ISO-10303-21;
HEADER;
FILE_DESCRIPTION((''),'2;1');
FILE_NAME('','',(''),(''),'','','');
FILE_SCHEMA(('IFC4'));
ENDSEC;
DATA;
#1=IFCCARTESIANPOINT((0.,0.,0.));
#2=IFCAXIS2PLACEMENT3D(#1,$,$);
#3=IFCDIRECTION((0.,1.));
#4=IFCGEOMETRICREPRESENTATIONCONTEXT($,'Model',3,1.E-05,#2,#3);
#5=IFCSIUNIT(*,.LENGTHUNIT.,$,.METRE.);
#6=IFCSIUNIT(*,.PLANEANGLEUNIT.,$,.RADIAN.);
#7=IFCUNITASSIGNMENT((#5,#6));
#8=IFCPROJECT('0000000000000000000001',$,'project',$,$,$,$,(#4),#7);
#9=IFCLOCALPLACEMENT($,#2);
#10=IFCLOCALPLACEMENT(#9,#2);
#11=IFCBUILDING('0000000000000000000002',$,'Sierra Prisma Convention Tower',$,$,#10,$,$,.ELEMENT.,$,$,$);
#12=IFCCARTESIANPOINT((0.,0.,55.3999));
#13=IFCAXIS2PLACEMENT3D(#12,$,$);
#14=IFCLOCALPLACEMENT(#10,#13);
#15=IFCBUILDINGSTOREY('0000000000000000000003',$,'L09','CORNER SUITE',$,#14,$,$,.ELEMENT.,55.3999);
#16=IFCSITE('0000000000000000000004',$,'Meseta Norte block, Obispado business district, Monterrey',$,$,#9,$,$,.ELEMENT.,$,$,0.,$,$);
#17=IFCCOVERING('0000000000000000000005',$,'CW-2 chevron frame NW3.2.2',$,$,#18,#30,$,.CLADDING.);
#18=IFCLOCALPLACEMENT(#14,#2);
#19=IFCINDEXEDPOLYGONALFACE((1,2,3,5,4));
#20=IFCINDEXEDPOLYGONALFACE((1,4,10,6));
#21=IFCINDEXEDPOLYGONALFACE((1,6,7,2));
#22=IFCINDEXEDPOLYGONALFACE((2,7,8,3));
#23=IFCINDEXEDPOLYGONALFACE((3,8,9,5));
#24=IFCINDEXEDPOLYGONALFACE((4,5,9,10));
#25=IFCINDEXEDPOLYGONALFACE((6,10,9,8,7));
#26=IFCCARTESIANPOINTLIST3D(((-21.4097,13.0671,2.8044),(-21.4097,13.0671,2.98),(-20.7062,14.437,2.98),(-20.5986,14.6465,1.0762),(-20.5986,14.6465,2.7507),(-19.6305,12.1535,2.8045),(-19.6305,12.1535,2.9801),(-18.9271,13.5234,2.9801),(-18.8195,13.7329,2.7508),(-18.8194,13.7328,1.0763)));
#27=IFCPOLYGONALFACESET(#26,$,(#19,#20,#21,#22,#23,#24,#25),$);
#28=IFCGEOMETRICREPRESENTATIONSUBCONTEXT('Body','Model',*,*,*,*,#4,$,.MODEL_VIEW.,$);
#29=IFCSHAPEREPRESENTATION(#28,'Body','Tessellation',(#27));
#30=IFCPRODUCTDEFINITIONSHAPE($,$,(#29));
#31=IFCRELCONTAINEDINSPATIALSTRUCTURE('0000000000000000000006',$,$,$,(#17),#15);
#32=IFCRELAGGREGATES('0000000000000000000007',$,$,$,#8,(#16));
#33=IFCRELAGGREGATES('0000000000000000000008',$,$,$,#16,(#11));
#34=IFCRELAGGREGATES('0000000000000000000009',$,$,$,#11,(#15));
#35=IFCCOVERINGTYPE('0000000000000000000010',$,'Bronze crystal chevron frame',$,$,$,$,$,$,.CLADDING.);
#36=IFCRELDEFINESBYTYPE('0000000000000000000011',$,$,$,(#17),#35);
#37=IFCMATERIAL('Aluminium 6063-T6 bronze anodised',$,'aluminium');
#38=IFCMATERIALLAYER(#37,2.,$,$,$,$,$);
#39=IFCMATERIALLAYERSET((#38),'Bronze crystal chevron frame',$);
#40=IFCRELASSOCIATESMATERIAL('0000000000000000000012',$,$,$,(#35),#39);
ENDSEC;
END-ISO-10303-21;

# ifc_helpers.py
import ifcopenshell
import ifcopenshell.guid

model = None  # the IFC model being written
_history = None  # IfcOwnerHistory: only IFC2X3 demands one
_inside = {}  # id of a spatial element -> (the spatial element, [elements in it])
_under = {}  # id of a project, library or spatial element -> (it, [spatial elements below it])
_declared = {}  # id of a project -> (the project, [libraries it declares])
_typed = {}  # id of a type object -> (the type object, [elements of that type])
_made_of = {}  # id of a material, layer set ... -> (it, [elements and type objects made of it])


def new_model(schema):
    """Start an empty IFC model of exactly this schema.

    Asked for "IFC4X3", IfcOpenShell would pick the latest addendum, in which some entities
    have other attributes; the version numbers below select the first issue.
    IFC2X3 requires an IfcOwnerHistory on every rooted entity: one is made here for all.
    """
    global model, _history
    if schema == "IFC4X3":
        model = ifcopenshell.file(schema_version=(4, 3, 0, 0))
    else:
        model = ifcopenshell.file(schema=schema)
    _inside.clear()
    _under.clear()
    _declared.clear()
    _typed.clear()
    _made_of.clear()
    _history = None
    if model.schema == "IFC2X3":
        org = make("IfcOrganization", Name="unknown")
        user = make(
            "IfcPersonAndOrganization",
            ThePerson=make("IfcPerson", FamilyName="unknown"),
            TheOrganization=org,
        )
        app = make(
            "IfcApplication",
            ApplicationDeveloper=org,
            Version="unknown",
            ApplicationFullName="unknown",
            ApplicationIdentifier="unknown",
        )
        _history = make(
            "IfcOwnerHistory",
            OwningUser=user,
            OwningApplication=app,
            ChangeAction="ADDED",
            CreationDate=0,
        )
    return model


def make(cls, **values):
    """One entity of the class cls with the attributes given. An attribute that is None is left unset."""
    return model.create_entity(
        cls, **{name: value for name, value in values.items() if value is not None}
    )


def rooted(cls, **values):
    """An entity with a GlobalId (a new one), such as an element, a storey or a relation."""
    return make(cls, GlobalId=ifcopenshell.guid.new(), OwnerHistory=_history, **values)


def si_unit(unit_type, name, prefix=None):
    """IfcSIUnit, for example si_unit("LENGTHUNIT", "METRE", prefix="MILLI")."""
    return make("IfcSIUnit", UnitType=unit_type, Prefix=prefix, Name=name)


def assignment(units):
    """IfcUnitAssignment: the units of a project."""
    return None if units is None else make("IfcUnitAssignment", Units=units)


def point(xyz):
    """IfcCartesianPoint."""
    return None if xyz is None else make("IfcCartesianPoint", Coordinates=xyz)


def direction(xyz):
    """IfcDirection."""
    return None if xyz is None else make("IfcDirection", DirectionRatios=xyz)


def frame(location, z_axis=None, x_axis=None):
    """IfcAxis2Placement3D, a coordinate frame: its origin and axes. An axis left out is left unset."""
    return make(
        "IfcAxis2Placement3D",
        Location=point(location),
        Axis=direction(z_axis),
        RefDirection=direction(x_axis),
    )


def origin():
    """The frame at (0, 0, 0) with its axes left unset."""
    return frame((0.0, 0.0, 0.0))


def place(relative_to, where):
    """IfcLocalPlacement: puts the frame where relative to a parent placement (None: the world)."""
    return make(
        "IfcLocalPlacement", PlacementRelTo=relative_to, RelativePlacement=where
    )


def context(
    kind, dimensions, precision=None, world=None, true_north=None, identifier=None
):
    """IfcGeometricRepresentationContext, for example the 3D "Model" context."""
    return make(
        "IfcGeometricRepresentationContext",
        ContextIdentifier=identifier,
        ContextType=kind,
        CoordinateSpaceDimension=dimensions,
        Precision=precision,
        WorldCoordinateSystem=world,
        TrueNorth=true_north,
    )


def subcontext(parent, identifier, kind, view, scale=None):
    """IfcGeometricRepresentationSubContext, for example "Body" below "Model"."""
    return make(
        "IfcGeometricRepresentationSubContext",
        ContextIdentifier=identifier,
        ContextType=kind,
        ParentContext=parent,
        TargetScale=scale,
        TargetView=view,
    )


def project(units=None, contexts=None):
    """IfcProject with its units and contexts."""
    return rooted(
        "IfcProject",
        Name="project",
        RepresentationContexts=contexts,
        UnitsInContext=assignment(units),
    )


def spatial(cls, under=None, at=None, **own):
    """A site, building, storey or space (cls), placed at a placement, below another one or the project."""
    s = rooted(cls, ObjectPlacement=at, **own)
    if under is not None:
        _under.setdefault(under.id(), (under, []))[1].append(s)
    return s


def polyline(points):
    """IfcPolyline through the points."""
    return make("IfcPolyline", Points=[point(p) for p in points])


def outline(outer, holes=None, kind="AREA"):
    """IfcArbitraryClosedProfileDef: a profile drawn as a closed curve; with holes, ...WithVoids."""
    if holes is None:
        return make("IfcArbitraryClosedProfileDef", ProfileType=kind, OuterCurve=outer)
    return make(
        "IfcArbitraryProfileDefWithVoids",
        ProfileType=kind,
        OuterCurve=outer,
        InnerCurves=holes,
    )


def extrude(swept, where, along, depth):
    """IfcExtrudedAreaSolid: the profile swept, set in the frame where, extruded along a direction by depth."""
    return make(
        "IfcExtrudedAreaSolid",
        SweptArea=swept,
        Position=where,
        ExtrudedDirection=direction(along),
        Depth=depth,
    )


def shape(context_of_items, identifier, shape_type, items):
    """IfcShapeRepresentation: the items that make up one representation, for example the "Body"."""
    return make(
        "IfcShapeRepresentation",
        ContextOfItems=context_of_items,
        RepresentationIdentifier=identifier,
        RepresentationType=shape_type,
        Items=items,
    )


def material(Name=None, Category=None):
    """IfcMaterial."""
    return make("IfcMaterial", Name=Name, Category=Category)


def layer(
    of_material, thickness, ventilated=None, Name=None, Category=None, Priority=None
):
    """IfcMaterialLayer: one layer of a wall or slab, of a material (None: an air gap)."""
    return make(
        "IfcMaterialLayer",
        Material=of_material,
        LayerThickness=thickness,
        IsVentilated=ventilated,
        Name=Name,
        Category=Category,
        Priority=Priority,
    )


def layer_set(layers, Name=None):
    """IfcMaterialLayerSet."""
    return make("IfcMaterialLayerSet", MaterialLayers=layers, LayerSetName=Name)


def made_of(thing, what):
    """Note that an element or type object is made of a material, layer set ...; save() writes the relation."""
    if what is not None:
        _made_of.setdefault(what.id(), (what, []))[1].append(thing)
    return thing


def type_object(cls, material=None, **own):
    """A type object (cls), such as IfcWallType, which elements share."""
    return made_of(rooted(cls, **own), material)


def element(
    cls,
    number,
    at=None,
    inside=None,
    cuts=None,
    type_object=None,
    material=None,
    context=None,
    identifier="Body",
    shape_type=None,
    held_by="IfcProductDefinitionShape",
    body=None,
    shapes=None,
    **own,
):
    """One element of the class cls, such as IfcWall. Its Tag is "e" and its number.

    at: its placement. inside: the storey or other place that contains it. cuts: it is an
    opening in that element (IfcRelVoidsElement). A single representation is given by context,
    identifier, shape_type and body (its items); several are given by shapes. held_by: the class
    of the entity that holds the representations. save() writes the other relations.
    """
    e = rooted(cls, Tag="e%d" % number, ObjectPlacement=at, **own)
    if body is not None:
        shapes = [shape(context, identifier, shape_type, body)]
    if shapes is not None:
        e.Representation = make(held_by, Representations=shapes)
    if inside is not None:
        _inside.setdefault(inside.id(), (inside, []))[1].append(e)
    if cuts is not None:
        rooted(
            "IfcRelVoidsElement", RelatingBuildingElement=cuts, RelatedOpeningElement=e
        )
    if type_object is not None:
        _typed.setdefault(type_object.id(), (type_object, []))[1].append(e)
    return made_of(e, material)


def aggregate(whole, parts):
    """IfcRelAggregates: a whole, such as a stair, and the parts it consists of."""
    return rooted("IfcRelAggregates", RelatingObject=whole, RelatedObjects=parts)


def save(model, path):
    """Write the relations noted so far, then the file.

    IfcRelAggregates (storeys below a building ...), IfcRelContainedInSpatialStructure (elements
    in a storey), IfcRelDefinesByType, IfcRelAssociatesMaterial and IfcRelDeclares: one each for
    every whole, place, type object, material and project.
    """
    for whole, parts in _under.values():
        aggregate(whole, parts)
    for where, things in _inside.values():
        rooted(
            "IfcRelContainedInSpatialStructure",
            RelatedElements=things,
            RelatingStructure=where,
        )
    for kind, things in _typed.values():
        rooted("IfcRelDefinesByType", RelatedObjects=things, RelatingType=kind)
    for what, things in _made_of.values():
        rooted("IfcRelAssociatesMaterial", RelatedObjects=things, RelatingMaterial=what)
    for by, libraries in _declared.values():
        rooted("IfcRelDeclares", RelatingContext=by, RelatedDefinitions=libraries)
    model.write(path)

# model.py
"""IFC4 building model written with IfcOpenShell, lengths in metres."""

from ifc_helpers import new_model, si_unit, direction, frame, origin, place, context, subcontext, project, spatial, polyline, outline, extrude, material, layer, layer_set, type_object, element, save


model = new_model("IFC4")

# Units and contexts
model_context = context("Model", 3, precision=1e-05, world=origin(), true_north=direction((0.0, 1.0)))
body_context = subcontext(model_context, "Body", "Model", "MODEL_VIEW")
ifc_project = project(units=[si_unit("LENGTHUNIT", "METRE"), si_unit("PLANEANGLEUNIT", "RADIAN")], contexts=[model_context])

# Site, building, storey
site_placement = place(None, origin())
site = spatial("IfcSite", under=ifc_project, at=site_placement, Name="Meseta Norte block, Obispado business district, Monterrey", CompositionType="ELEMENT", RefElevation=0.0)
building_placement = place(site_placement, origin())
building = spatial("IfcBuilding", under=site, at=building_placement, Name="Sierra Prisma Convention Tower", CompositionType="ELEMENT")
storey_placement = place(building_placement, frame((0.0, 0.0, 55.3999)))
storey = spatial("IfcBuildingStorey", under=building, at=storey_placement, Name="L09", Description="CORNER SUITE", CompositionType="ELEMENT", Elevation=55.3999)

# Covering
ifc_material_1 = material(Name="Aluminium 6063-T6 bronze anodised", Category="aluminium")
ifc_layer_1 = layer(ifc_material_1, 2.0)
ifc_layer_set_1 = layer_set([ifc_layer_1], Name="Bronze crystal chevron frame")
covering_type = type_object("IfcCoveringType", Name="Bronze crystal chevron frame", PredefinedType="CLADDING", material=ifc_layer_set_1)
covering_1_placement = place(storey_placement, frame((-21.4097, 13.0671, 2.98), z_axis=(-0.889565, 0.456809, -0.000042), x_axis=(0.456809, 0.889565, 0.0)))
element("IfcCovering", 1, at=covering_1_placement, inside=storey, type_object=covering_type, Name="CW-2 chevron frame NW3.2.2", PredefinedType="CLADDING", context=body_context, shape_type="SweptSolid", body=[
    extrude(outline(polyline([(0.0, 0.0), (1.5399, 0.0), (1.7754, 0.2292), (1.7754, 1.9038), (0.0, 0.1755), (0.0, 0.0)])), origin(), (0.0, 0.0, -1.0), 2.0),
])

save(model, "model.ifc")
